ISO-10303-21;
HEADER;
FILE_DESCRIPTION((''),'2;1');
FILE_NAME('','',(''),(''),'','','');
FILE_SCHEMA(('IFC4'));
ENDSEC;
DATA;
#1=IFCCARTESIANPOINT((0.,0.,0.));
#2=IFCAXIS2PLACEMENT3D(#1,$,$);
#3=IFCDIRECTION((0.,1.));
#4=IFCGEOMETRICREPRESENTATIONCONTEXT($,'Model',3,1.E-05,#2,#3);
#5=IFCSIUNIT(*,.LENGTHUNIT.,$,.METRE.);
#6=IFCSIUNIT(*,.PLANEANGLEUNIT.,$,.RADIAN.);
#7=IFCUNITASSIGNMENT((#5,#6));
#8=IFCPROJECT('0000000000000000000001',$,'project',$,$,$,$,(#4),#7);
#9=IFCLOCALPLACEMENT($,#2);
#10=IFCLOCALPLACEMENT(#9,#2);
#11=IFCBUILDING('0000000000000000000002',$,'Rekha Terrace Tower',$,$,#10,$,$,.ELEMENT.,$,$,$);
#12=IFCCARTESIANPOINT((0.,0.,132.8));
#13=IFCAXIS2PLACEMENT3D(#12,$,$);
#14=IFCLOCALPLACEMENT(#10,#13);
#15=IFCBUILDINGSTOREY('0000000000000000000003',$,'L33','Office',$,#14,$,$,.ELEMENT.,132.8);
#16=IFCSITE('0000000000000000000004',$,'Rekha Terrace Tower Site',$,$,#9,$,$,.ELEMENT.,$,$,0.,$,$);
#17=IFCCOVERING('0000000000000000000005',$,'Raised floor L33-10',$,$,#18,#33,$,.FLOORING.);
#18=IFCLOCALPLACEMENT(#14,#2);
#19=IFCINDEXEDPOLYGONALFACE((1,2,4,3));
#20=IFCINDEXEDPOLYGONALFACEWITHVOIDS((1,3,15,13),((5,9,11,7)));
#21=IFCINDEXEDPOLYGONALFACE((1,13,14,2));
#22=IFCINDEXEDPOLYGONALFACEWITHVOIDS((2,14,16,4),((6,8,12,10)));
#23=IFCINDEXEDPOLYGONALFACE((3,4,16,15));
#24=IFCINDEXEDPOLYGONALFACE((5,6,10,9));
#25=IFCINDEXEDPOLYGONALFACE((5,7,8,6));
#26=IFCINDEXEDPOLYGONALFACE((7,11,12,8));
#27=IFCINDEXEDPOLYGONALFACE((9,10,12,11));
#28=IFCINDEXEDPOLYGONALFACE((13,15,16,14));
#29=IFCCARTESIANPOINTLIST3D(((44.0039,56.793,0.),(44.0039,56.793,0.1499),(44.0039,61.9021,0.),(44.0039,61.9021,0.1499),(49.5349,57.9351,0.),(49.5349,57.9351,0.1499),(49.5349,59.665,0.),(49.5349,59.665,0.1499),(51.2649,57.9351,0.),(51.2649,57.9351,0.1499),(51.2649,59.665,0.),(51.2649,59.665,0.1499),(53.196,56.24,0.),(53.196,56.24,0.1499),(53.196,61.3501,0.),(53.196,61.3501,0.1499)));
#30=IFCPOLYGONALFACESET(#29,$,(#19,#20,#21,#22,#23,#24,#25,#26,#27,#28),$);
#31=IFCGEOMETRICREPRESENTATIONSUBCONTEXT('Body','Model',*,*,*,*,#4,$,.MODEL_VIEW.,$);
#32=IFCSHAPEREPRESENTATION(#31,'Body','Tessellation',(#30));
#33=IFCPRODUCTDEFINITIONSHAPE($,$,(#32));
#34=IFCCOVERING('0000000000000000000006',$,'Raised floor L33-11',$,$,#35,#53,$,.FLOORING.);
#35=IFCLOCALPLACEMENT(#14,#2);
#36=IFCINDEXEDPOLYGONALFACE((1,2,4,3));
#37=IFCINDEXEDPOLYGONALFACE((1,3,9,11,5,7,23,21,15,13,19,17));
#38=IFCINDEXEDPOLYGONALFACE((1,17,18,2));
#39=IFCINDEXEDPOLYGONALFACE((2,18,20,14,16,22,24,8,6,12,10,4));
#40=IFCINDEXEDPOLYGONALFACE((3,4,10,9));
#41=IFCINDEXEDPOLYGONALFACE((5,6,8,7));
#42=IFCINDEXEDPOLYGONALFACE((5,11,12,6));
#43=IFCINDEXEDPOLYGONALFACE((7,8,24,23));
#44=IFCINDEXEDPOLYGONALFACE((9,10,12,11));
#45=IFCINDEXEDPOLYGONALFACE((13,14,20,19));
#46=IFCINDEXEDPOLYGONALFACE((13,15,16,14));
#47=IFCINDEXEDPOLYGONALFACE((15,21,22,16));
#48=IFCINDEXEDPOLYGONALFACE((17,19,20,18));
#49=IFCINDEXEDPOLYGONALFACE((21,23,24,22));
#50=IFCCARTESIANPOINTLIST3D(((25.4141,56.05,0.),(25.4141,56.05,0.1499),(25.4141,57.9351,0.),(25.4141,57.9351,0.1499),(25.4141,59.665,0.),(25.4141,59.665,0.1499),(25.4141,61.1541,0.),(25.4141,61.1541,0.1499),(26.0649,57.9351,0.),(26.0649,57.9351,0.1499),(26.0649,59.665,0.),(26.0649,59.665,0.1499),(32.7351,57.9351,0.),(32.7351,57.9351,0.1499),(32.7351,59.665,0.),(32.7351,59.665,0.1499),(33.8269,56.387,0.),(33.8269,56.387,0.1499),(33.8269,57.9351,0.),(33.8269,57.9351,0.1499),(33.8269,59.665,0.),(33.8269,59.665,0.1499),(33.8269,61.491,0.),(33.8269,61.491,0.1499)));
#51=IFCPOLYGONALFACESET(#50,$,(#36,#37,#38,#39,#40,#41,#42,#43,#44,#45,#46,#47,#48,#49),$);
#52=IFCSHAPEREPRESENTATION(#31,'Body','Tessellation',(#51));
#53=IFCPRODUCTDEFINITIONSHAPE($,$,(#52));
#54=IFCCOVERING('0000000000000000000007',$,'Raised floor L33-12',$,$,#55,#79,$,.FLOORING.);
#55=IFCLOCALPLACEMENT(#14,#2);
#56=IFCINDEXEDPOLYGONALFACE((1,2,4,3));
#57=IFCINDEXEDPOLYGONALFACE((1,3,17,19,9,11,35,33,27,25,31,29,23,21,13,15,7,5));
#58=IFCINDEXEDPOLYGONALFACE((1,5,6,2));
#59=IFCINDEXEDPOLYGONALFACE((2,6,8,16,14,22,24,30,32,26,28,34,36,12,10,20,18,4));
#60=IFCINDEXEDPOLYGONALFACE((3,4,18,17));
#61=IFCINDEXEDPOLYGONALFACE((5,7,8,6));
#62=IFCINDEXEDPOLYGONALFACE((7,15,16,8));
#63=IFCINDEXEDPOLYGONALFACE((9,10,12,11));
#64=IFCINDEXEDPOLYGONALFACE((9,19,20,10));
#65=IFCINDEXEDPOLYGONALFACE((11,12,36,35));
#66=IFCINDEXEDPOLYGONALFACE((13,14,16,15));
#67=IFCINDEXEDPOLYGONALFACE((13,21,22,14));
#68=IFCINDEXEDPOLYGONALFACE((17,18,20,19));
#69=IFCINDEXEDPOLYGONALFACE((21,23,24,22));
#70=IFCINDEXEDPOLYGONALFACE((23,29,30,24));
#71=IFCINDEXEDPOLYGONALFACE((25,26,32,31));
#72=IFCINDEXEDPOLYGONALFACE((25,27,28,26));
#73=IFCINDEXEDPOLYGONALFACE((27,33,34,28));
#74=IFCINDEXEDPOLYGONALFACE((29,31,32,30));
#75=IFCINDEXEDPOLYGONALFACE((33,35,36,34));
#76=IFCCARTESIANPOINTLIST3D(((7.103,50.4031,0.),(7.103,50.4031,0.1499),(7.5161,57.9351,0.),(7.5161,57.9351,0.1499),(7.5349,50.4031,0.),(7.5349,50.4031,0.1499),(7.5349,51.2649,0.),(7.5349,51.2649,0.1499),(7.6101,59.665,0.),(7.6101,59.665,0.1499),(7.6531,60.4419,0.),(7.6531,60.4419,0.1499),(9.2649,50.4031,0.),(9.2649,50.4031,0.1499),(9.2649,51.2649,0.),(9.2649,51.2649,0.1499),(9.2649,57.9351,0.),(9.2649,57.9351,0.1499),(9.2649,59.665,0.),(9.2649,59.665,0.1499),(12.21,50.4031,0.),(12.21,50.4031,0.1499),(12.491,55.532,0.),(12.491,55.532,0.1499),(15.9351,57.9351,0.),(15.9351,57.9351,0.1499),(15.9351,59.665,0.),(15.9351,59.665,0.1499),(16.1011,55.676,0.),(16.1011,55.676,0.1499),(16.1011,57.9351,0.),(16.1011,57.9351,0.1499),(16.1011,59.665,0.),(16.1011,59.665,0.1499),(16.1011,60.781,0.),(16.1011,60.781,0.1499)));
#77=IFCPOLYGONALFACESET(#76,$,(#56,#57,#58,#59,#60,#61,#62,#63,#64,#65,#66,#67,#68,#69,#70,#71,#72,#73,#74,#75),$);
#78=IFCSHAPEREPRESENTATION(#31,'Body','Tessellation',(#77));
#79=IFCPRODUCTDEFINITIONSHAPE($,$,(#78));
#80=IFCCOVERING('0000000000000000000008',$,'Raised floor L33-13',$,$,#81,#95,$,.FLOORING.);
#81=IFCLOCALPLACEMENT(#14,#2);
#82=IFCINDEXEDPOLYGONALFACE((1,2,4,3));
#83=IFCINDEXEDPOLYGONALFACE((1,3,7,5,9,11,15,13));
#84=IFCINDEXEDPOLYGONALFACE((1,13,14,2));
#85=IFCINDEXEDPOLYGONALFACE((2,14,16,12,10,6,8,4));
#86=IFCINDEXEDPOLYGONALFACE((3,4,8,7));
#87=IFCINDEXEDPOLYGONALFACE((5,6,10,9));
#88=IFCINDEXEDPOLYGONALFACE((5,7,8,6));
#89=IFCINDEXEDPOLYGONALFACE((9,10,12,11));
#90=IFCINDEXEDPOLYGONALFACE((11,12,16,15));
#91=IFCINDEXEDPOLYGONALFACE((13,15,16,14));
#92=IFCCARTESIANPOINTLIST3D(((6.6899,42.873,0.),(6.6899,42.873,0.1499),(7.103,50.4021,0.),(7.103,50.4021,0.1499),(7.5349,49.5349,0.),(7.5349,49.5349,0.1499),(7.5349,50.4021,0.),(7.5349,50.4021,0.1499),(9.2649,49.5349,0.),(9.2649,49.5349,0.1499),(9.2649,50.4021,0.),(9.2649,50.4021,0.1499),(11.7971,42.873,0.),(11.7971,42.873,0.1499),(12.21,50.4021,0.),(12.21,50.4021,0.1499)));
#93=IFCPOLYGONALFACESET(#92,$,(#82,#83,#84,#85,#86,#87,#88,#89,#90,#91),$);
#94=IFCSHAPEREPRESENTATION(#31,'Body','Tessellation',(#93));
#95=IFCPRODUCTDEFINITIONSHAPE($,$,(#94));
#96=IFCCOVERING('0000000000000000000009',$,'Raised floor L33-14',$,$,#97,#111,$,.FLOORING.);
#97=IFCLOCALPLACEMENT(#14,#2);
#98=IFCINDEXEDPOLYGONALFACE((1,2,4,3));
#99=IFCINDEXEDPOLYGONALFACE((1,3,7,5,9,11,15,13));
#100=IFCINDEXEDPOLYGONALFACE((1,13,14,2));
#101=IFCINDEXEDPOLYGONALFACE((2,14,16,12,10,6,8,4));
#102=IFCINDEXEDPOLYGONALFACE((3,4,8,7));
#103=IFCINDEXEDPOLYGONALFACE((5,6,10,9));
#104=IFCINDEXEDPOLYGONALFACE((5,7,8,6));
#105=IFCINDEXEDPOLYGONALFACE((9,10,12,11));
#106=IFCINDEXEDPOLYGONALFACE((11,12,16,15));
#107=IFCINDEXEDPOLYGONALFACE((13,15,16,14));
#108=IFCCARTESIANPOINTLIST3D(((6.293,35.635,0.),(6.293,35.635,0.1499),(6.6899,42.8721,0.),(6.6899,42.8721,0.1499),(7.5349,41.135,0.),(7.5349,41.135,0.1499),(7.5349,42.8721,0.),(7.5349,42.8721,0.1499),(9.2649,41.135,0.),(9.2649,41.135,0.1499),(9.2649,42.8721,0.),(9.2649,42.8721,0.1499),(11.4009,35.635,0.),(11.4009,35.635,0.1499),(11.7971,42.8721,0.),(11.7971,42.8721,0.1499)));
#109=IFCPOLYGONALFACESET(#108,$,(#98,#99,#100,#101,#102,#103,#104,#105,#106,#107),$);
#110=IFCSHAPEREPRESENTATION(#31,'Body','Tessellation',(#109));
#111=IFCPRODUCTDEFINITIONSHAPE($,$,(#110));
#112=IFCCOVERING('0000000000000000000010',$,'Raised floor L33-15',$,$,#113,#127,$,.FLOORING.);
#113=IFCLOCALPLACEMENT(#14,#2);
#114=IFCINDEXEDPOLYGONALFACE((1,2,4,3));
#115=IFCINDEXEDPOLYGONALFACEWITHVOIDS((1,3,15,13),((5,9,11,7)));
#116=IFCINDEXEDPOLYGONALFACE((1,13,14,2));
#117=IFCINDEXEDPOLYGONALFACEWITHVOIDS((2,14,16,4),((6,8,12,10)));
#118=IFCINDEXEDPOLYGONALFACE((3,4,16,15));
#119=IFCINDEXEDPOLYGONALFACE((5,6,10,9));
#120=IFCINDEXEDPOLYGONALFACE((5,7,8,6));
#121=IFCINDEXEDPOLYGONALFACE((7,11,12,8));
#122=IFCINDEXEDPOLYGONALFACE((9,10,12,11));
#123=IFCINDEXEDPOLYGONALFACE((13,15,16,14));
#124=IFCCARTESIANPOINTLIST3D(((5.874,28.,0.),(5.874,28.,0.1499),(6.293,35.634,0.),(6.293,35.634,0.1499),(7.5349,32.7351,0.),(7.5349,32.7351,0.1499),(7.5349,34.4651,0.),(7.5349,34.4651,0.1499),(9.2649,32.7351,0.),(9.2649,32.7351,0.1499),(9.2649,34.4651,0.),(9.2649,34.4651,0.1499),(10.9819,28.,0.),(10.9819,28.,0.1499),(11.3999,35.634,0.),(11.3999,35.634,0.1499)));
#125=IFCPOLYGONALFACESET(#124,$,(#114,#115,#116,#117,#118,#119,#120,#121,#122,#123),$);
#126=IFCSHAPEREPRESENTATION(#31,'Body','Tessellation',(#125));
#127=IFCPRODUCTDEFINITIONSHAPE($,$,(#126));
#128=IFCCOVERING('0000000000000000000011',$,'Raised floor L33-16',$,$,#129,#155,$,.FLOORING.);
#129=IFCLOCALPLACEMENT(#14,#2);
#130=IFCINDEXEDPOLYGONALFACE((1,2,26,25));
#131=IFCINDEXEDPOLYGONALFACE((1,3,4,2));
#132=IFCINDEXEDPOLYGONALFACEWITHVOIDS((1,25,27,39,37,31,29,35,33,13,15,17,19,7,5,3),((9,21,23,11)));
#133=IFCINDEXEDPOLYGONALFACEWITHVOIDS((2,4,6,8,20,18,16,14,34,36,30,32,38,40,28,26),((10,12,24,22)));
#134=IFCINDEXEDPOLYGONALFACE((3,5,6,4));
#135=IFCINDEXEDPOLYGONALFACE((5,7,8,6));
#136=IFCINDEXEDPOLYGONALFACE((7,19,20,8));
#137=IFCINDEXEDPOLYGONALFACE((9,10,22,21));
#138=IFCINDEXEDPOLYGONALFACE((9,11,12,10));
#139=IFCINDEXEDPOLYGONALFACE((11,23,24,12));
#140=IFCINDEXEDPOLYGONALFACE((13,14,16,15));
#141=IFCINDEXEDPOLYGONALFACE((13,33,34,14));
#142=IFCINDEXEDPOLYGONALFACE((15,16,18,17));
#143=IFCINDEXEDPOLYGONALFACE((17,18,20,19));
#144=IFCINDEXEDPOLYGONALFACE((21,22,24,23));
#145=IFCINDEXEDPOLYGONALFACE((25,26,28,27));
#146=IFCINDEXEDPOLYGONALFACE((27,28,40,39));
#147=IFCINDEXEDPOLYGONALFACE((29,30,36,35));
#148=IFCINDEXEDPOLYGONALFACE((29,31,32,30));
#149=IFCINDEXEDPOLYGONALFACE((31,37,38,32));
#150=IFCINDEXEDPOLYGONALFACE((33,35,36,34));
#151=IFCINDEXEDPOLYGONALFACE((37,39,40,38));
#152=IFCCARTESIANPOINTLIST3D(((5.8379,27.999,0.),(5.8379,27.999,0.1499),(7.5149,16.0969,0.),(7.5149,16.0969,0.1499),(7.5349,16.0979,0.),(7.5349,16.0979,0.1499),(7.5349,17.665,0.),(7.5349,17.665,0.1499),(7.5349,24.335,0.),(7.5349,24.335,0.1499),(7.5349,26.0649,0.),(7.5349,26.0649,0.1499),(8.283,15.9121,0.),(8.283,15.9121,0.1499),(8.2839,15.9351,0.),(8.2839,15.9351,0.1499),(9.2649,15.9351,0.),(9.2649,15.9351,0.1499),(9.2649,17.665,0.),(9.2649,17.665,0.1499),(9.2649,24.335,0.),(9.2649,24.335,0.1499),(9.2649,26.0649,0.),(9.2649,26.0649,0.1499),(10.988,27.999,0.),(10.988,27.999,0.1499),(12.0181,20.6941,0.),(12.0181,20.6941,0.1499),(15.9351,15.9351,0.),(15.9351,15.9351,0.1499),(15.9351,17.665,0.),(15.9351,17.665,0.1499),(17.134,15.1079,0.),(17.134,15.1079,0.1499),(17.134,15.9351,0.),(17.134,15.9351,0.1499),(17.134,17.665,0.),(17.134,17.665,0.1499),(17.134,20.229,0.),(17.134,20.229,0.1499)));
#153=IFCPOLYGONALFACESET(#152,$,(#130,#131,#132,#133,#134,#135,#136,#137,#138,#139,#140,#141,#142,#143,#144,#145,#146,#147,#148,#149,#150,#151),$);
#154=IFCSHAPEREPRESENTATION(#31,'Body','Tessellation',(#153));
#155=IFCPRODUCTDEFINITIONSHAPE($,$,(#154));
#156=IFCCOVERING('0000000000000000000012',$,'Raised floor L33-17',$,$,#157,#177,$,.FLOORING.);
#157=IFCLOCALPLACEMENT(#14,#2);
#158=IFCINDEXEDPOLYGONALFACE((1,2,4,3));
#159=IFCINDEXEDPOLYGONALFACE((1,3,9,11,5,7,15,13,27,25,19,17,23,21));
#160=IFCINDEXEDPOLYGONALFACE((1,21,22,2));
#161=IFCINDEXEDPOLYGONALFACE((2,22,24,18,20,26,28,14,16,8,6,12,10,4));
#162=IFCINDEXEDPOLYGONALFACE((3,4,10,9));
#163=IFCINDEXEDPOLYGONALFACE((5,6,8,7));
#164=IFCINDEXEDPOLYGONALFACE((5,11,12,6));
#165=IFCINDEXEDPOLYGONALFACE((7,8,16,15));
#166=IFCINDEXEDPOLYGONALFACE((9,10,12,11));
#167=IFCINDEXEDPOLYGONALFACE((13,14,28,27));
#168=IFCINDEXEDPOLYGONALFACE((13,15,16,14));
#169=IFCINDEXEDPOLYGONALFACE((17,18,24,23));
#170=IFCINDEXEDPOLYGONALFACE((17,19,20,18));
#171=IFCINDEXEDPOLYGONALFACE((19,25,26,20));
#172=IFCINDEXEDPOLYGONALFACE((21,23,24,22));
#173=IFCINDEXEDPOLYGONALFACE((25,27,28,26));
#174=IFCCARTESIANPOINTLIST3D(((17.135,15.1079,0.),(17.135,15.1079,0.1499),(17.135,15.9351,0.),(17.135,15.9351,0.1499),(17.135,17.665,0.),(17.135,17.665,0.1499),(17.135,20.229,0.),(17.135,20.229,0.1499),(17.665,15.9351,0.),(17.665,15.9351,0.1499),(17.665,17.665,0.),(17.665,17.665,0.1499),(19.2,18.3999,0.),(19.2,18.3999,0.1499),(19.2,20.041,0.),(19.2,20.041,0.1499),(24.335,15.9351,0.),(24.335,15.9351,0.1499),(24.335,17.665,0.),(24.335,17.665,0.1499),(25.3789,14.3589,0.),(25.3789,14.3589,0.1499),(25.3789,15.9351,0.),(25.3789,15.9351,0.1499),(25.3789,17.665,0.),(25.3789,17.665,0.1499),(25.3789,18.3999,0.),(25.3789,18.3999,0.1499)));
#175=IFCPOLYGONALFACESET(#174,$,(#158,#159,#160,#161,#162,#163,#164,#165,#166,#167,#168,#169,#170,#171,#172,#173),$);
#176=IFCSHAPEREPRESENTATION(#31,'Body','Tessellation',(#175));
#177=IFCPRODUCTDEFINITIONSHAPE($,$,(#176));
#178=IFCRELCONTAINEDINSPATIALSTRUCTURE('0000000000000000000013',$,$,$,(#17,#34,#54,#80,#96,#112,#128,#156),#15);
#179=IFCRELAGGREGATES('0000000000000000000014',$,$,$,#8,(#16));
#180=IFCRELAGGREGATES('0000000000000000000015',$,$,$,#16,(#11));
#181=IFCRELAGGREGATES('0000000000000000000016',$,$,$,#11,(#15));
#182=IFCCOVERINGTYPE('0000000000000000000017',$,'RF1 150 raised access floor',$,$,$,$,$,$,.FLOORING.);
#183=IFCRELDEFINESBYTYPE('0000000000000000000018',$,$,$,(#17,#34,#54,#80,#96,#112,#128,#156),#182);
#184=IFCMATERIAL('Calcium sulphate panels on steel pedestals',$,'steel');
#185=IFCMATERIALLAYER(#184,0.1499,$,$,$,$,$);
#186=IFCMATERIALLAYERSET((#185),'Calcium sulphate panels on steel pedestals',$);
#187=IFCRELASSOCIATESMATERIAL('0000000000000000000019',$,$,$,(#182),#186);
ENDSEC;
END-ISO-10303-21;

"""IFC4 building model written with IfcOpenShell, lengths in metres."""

from ifc_helpers import new_model, si_unit, direction, frame, origin, place, context, subcontext, project, spatial, polyline, outline, extrude, material, layer, layer_set, type_object, element, save


model = new_model("IFC4")

# Units and contexts
model_context = context("Model", 3, precision=1e-05, world=origin(), true_north=direction((0.0, 1.0)))
body_context = subcontext(model_context, "Body", "Model", "MODEL_VIEW")
ifc_project = project(units=[si_unit("LENGTHUNIT", "METRE"), si_unit("PLANEANGLEUNIT", "RADIAN")], contexts=[model_context])

# Site, building, storey
site_placement = place(None, origin())
site = spatial("IfcSite", under=ifc_project, at=site_placement, Name="Rekha Terrace Tower Site", CompositionType="ELEMENT", RefElevation=0.0)
building_placement = place(site_placement, origin())
building = spatial("IfcBuilding", under=site, at=building_placement, Name="Rekha Terrace Tower", CompositionType="ELEMENT")
storey_placement = place(building_placement, frame((0.0, 0.0, 132.8)))
storey = spatial("IfcBuildingStorey", under=building, at=storey_placement, Name="L33", Description="Office", CompositionType="ELEMENT", Elevation=132.8)

# Coverings
ifc_material_1 = material(Name="Calcium sulphate panels on steel pedestals", Category="steel")
ifc_layer_1 = layer(ifc_material_1, 0.1499)
ifc_layer_set_1 = layer_set([ifc_layer_1], Name="Calcium sulphate panels on steel pedestals")
covering_type_1 = type_object("IfcCoveringType", Name="RF1 150 raised access floor", PredefinedType="FLOORING", material=ifc_layer_set_1)
covering_1_placement = place(storey_placement, origin())
element("IfcCovering", 1, at=covering_1_placement, inside=storey, type_object=covering_type_1, Name="Raised floor L33-10", PredefinedType="FLOORING", context=body_context, shape_type="SweptSolid", body=[
    extrude(outline(polyline([(44.0039, 56.793), (53.196, 56.24), (53.196, 61.3501), (44.0039, 61.9021), (44.0039, 56.793)]), holes=[polyline([(51.2649, 57.9351), (49.5349, 57.9351), (49.5349, 59.665), (51.2649, 59.665), (51.2649, 57.9351)])]), origin(), (0.0, 0.0, 1.0), 0.1499),
])
covering_2_placement = place(storey_placement, origin())
element("IfcCovering", 2, at=covering_2_placement, inside=storey, type_object=covering_type_1, Name="Raised floor L33-11", PredefinedType="FLOORING", context=body_context, shape_type="SweptSolid", body=[
    extrude(outline(polyline([(25.4141, 57.9351), (25.4141, 56.05), (33.8269, 56.387), (33.8269, 57.9351), (32.7351, 57.9351), (32.7351, 59.665), (33.8269, 59.665), (33.8269, 61.491), (25.4141, 61.1541), (25.4141, 59.665), (26.0649, 59.665), (26.0649, 57.9351), (25.4141, 57.9351)])), origin(), (0.0, 0.0, 1.0), 0.1499),
])
covering_3_placement = place(storey_placement, origin())
element("IfcCovering", 3, at=covering_3_placement, inside=storey, type_object=covering_type_1, Name="Raised floor L33-12", PredefinedType="FLOORING", context=body_context, shape_type="SweptSolid", body=[
    extrude(outline(polyline([(9.2649, 57.9351), (7.5161, 57.9351), (7.103, 50.4031), (7.5349, 50.4031), (7.5349, 51.2649), (9.2649, 51.2649), (9.2649, 50.4031), (12.21, 50.4031), (12.491, 55.532), (16.1011, 55.676), (16.1011, 57.9351), (15.9351, 57.9351), (15.9351, 59.665), (16.1011, 59.665), (16.1011, 60.781), (7.6531, 60.4419), (7.6101, 59.665), (9.2649, 59.665), (9.2649, 57.9351)])), origin(), (0.0, 0.0, 1.0), 0.1499),
])
covering_4_placement = place(storey_placement, origin())
element("IfcCovering", 4, at=covering_4_placement, inside=storey, type_object=covering_type_1, Name="Raised floor L33-13", PredefinedType="FLOORING", context=body_context, shape_type="SweptSolid", body=[
    extrude(outline(polyline([(6.6899, 42.873), (11.7971, 42.873), (12.21, 50.4021), (9.2649, 50.4021), (9.2649, 49.5349), (7.5349, 49.5349), (7.5349, 50.4021), (7.103, 50.4021), (6.6899, 42.873)])), origin(), (0.0, 0.0, 1.0), 0.1499),
])
covering_5_placement = place(storey_placement, origin())
element("IfcCovering", 5, at=covering_5_placement, inside=storey, type_object=covering_type_1, Name="Raised floor L33-14", PredefinedType="FLOORING", context=body_context, shape_type="SweptSolid", body=[
    extrude(outline(polyline([(9.2649, 41.135), (7.5349, 41.135), (7.5349, 42.8721), (6.6899, 42.8721), (6.293, 35.635), (11.4009, 35.635), (11.7971, 42.8721), (9.2649, 42.8721), (9.2649, 41.135)])), origin(), (0.0, 0.0, 1.0), 0.1499),
])
covering_6_placement = place(storey_placement, origin())
element("IfcCovering", 6, at=covering_6_placement, inside=storey, type_object=covering_type_1, Name="Raised floor L33-15", PredefinedType="FLOORING", context=body_context, shape_type="SweptSolid", body=[
    extrude(outline(polyline([(5.874, 28.0), (10.9819, 28.0), (11.3999, 35.634), (6.293, 35.634), (5.874, 28.0)]), holes=[polyline([(9.2649, 32.7351), (7.5349, 32.7351), (7.5349, 34.4651), (9.2649, 34.4651), (9.2649, 32.7351)])]), origin(), (0.0, 0.0, 1.0), 0.1499),
])
covering_7_placement = place(storey_placement, origin())
element("IfcCovering", 7, at=covering_7_placement, inside=storey, type_object=covering_type_1, Name="Raised floor L33-16", PredefinedType="FLOORING", context=body_context, shape_type="SweptSolid", body=[
    extrude(outline(polyline([(7.5149, 16.0969), (7.5349, 16.0979), (7.5349, 17.665), (9.2649, 17.665), (9.2649, 15.9351), (8.2839, 15.9351), (8.283, 15.9121), (17.134, 15.1079), (17.134, 15.9351), (15.9351, 15.9351), (15.9351, 17.665), (17.134, 17.665), (17.134, 20.229), (12.0181, 20.6941), (10.988, 27.999), (5.8379, 27.999), (7.5149, 16.0969)]), holes=[polyline([(9.2649, 24.335), (7.5349, 24.335), (7.5349, 26.0649), (9.2649, 26.0649), (9.2649, 24.335)])]), origin(), (0.0, 0.0, 1.0), 0.1499),
])
covering_8_placement = place(storey_placement, origin())
element("IfcCovering", 8, at=covering_8_placement, inside=storey, type_object=covering_type_1, Name="Raised floor L33-17", PredefinedType="FLOORING", context=body_context, shape_type="SweptSolid", body=[
    extrude(outline(polyline([(25.3789, 17.665), (25.3789, 18.3999), (19.2, 18.3999), (19.2, 20.041), (17.135, 20.229), (17.135, 17.665), (17.665, 17.665), (17.665, 15.9351), (17.135, 15.9351), (17.135, 15.1079), (25.3789, 14.3589), (25.3789, 15.9351), (24.335, 15.9351), (24.335, 17.665), (25.3789, 17.665)])), origin(), (0.0, 0.0, 1.0), 0.1499),
])

save(model, "model.ifc")
